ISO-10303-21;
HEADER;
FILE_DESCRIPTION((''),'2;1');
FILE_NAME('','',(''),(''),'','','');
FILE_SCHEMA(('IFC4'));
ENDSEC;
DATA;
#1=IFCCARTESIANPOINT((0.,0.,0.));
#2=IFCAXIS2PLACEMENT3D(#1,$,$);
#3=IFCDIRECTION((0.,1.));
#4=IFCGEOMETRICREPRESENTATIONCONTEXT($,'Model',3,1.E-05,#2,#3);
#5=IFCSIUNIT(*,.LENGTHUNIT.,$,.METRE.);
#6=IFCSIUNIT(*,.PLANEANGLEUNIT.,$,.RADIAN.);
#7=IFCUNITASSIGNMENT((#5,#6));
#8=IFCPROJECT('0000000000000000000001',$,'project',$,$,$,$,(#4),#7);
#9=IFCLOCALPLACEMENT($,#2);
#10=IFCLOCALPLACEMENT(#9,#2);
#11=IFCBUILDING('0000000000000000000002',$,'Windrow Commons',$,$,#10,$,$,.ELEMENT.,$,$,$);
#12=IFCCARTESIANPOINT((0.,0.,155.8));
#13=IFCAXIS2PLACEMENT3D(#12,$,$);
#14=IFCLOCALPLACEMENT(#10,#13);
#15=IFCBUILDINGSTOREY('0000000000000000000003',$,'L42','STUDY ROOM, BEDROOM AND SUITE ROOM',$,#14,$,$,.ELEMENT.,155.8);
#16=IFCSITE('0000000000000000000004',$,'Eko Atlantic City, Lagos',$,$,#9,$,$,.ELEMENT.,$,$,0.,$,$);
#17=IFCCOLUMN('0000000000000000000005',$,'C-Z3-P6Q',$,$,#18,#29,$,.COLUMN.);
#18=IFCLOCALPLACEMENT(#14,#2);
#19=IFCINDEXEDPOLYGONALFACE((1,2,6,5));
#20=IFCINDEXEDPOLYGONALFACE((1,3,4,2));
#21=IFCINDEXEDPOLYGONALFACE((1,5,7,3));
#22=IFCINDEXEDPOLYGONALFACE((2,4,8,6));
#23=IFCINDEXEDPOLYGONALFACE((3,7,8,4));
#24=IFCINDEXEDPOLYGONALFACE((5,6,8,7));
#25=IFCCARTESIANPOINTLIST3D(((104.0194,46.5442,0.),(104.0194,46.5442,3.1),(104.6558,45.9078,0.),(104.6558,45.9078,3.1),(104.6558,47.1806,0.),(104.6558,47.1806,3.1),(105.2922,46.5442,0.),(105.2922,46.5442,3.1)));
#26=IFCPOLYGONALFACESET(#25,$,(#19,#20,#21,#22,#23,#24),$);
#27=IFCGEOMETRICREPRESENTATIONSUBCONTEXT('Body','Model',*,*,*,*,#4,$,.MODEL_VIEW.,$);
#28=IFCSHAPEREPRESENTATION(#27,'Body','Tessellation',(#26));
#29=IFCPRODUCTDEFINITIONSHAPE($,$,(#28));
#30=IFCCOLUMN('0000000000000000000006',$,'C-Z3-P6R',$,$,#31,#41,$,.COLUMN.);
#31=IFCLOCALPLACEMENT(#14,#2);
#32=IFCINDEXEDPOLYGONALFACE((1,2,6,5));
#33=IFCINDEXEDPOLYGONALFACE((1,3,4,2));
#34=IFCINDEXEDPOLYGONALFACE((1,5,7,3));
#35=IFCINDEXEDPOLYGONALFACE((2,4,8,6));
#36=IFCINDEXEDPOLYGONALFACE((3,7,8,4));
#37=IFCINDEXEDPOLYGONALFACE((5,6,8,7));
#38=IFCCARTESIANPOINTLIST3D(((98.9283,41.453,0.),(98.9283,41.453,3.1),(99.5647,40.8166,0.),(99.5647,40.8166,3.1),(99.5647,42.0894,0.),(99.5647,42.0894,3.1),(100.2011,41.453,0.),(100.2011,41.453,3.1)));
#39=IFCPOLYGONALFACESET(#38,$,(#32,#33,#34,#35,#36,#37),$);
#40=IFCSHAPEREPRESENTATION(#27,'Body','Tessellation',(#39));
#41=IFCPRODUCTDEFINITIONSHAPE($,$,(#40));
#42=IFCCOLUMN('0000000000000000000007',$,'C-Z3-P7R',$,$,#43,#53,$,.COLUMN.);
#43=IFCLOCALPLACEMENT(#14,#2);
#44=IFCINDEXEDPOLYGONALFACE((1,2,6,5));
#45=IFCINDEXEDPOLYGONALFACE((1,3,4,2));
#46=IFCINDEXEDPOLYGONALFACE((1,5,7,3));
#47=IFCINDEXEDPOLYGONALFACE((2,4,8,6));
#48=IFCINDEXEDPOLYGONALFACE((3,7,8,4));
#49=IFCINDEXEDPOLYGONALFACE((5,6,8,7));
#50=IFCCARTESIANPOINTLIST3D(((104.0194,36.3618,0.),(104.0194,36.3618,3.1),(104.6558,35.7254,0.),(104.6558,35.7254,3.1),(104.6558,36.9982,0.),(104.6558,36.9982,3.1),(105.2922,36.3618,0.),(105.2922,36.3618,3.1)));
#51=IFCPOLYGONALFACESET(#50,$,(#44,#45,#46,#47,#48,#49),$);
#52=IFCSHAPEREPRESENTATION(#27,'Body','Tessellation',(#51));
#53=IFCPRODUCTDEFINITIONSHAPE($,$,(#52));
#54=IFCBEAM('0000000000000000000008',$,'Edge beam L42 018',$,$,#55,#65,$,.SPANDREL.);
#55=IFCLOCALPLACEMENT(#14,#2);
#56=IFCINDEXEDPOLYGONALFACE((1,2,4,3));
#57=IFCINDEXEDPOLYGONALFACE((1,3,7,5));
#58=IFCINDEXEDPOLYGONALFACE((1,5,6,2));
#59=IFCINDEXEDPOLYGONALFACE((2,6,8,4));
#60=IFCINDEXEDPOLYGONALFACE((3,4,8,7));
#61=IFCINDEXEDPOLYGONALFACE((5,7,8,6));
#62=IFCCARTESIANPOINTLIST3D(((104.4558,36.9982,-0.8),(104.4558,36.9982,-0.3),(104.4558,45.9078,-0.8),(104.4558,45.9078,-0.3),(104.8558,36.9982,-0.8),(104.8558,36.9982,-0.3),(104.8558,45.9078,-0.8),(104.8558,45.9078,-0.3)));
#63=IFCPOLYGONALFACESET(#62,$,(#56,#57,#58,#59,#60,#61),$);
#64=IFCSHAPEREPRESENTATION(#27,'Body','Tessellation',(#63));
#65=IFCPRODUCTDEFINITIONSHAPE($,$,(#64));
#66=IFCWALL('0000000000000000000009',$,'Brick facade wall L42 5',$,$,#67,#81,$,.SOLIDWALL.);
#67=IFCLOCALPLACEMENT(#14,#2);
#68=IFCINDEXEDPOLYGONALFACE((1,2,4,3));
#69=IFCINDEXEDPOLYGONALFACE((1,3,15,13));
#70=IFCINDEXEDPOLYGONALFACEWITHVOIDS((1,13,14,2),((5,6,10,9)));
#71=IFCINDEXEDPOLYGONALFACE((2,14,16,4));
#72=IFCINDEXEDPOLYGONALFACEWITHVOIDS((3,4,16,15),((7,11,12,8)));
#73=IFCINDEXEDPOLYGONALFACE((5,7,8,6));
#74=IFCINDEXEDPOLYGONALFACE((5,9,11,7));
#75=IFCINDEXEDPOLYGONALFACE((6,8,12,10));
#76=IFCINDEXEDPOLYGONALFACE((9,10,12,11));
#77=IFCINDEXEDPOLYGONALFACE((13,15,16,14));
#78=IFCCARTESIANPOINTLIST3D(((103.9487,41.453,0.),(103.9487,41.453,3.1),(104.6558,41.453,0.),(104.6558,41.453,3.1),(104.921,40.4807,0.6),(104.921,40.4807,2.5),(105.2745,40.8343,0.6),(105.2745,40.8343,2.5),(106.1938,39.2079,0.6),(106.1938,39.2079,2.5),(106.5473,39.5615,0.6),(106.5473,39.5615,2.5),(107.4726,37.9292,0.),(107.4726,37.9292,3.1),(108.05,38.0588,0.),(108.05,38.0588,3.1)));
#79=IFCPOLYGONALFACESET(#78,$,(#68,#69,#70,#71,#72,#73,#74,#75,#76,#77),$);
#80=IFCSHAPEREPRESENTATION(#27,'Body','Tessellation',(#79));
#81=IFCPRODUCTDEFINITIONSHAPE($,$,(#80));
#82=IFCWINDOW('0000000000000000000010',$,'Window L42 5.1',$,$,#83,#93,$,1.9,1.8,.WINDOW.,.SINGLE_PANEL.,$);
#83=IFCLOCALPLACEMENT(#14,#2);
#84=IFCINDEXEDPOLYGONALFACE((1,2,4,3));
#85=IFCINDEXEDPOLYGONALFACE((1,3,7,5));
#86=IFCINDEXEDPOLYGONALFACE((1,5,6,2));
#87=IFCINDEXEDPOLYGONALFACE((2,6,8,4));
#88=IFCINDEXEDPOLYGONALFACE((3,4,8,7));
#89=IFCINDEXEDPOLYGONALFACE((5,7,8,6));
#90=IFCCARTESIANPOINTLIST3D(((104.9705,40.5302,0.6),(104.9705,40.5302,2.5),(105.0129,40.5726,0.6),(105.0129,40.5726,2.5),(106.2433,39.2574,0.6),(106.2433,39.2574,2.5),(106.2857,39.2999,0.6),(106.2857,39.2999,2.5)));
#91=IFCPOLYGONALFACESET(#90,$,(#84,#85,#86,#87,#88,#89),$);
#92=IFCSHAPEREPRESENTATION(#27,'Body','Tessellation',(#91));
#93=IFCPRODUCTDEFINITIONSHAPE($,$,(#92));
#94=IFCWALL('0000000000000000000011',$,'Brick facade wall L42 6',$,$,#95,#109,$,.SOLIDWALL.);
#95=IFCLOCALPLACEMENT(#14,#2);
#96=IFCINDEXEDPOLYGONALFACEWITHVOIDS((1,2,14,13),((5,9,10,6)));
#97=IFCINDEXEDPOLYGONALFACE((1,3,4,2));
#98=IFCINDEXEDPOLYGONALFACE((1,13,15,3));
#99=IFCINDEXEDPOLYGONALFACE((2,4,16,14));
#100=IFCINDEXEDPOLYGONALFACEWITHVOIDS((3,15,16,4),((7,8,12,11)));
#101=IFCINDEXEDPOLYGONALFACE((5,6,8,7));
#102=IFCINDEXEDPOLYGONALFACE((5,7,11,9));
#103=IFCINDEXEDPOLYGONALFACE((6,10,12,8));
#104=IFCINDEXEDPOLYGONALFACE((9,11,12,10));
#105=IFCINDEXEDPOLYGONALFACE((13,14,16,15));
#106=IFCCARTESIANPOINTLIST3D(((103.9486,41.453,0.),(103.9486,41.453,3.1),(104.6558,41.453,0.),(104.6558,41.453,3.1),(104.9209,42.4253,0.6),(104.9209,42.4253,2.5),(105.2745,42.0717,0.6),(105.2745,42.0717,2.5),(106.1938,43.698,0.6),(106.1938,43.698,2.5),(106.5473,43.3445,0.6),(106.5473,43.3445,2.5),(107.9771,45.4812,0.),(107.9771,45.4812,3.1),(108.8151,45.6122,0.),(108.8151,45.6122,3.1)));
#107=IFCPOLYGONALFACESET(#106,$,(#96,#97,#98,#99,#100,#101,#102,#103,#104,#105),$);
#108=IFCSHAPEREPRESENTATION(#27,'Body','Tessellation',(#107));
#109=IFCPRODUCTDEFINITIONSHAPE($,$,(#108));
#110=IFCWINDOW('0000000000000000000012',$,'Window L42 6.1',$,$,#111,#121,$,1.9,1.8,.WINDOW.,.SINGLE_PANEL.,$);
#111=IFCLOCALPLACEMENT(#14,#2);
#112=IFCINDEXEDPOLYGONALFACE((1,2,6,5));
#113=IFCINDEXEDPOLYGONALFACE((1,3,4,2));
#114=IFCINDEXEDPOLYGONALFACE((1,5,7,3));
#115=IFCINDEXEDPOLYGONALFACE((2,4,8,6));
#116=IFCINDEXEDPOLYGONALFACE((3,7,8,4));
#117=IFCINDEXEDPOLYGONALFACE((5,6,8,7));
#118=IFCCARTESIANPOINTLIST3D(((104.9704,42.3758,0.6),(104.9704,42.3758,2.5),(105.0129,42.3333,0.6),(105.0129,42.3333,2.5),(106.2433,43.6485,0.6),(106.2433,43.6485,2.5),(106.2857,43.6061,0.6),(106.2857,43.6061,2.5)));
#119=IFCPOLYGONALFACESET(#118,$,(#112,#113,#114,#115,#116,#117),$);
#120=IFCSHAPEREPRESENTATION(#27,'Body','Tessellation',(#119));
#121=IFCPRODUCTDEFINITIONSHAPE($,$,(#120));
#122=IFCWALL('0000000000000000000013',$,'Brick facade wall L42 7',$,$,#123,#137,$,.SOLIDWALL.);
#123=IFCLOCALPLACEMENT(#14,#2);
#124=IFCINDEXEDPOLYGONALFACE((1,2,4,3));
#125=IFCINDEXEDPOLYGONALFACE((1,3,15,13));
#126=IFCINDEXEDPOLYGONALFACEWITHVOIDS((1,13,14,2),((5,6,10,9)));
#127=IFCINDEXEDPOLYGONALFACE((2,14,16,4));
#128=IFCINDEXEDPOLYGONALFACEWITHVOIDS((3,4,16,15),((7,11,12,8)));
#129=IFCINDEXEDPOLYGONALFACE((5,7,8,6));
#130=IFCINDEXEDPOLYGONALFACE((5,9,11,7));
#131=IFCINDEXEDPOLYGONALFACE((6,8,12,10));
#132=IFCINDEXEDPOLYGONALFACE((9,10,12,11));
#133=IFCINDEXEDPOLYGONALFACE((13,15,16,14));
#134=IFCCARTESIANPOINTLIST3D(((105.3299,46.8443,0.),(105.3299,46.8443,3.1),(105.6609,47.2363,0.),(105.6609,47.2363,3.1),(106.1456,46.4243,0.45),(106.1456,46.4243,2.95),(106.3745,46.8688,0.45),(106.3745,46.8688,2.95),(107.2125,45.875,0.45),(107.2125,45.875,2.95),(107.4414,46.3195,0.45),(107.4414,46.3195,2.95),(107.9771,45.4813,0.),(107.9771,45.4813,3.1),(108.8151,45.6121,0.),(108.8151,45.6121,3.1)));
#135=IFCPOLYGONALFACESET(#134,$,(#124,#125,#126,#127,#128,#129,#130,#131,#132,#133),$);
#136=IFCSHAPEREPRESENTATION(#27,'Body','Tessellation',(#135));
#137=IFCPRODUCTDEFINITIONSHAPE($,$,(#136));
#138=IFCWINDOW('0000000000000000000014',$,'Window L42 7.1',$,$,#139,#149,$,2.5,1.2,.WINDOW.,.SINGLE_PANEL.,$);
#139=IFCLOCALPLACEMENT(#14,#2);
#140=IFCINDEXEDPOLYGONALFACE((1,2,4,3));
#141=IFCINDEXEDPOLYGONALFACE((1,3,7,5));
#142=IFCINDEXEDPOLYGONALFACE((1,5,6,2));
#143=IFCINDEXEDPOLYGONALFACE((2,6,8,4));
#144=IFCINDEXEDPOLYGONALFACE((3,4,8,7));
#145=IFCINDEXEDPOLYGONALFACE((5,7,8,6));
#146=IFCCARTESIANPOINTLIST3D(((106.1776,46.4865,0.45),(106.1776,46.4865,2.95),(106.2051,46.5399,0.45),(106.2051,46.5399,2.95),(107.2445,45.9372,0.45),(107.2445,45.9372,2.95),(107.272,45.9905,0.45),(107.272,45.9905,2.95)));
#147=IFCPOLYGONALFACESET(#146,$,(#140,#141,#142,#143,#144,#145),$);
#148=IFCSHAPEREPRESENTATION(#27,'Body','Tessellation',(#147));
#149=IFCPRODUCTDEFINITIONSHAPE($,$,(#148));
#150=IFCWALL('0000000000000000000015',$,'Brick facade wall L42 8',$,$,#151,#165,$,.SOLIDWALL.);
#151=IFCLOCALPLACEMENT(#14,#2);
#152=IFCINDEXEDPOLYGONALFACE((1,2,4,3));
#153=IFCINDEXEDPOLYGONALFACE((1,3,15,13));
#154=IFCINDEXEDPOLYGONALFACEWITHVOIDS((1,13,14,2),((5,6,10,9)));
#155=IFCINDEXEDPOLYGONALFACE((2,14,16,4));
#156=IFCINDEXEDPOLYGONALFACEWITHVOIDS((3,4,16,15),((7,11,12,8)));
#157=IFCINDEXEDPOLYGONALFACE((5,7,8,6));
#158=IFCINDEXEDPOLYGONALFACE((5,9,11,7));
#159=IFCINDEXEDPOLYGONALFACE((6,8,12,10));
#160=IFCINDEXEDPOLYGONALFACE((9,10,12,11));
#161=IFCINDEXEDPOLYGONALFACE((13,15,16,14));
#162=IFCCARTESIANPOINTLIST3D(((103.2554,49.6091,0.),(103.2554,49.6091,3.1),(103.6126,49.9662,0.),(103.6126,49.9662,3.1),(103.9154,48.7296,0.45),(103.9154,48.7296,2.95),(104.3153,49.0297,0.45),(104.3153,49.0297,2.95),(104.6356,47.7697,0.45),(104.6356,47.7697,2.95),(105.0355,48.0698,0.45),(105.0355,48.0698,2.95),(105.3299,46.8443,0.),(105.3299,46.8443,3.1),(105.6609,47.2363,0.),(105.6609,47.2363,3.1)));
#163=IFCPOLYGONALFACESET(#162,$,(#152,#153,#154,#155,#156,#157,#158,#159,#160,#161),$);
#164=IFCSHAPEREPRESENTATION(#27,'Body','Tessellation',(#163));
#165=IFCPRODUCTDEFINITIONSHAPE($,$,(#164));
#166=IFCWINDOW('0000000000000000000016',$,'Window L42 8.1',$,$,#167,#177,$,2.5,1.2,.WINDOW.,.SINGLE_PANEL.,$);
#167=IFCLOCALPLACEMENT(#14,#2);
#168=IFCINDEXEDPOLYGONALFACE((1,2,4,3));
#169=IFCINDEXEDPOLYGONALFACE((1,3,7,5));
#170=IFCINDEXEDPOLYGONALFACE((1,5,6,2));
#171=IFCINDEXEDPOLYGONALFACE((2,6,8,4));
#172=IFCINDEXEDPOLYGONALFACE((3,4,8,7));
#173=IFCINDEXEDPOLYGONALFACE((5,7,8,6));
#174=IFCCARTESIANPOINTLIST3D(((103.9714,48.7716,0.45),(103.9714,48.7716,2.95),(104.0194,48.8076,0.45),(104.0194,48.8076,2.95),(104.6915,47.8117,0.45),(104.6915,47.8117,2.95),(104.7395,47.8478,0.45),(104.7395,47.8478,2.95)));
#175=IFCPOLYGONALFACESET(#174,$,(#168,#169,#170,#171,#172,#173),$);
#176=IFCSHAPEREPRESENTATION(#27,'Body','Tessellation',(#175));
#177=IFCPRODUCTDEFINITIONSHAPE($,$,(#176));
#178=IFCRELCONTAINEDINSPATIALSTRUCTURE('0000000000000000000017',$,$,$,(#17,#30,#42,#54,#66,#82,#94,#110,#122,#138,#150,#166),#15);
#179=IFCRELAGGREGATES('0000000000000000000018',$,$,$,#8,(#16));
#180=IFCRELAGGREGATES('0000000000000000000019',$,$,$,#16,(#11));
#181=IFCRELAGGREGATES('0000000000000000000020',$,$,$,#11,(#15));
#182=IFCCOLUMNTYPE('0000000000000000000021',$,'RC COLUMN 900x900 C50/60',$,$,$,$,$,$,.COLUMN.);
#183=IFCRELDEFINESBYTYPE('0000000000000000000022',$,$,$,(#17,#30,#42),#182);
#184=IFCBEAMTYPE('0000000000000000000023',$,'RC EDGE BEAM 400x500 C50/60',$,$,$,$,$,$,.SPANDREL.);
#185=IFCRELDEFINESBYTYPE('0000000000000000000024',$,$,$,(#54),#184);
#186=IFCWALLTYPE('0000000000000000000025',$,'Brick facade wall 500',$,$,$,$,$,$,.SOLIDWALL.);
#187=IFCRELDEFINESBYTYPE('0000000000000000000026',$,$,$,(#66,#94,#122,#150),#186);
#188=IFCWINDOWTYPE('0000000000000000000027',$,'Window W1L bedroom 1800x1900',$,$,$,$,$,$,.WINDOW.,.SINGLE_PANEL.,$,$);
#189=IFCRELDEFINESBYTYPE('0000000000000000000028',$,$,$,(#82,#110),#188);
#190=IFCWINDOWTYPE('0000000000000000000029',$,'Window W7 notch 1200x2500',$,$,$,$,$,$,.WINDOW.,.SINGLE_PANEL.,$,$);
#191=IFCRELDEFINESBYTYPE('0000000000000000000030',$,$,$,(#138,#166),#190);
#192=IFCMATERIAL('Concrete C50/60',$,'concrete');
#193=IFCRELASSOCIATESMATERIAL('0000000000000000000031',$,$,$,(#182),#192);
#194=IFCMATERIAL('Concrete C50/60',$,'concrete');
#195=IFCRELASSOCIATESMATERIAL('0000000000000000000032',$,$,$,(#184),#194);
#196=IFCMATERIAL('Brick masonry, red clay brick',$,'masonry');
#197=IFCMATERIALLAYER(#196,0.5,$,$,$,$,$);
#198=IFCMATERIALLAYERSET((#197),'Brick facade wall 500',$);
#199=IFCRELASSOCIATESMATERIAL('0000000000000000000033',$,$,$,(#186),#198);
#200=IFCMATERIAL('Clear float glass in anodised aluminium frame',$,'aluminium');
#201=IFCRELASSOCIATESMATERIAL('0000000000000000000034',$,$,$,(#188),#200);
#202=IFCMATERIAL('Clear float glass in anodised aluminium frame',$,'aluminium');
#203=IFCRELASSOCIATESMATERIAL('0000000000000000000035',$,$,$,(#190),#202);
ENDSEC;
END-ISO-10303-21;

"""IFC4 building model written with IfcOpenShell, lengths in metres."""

from ifc_helpers import new_model, si_unit, direction, frame, frame_2d, origin, origin_2d, place, context, subcontext, project, spatial, polyline, rectangle, outline, extrude, material, layer, layer_set, material_profile, profile_set, type_object, element, fill, save


model = new_model("IFC4")

# Units and contexts
model_context = context("Model", 3, precision=1e-05, world=origin(), true_north=direction((0.0, 1.0)))
body_context = subcontext(model_context, "Body", "Model", "MODEL_VIEW")
ifc_project = project(units=[si_unit("LENGTHUNIT", "METRE"), si_unit("PLANEANGLEUNIT", "RADIAN")], contexts=[model_context])

# Site, building, storey
site_placement = place(None, origin())
site = spatial("IfcSite", under=ifc_project, at=site_placement, Name="Eko Atlantic City, Lagos", CompositionType="ELEMENT", RefElevation=0.0)
building_placement = place(site_placement, origin())
building = spatial("IfcBuilding", under=site, at=building_placement, Name="Windrow Commons", CompositionType="ELEMENT")
storey_placement = place(building_placement, frame((0.0, 0.0, 155.8)))
storey = spatial("IfcBuildingStorey", under=building, at=storey_placement, Name="L42", Description="STUDY ROOM, BEDROOM AND SUITE ROOM", CompositionType="ELEMENT", Elevation=155.8)

# Columns
ifc_material_1 = material(Name="Concrete C50/60", Category="concrete")
ifc_material_profile_1 = material_profile(ifc_material_1, rectangle(XDim=0.9, YDim=0.9, at=origin_2d()))
ifc_profile_set_1 = profile_set([ifc_material_profile_1], Name="Concrete C50/60")
column_type = type_object("IfcColumnType", Name="RC COLUMN 900x900 C50/60", PredefinedType="COLUMN", material=ifc_profile_set_1)
for number, where, z_axis, x_axis, name in (
    (1, (104.6558, 46.5442, 0.0), (0.0, 0.0, 1.0), (0.707107, -0.707107, 0.0), "C-Z3-P6Q"),
    (2, (99.5647, 41.453, 0.0), (0.0, 0.0, 1.0), (0.707107, -0.707107, 0.0), "C-Z3-P6R"),
    (3, (104.6558, 36.3618, 0.0), (0.0, 0.0, 1.0), (0.707107, -0.707107, 0.0), "C-Z3-P7R"),
):
    element("IfcColumn", number, at=place(storey_placement, frame(where, z_axis=z_axis, x_axis=x_axis)), inside=storey, type_object=column_type, Name=name, PredefinedType="COLUMN", context=body_context, shape_type="SweptSolid", body=[
        extrude(rectangle(XDim=0.9, YDim=0.9, at=origin_2d()), origin(), (0.0, 0.0, 1.0), 3.1),
    ])

# Beam
ifc_material_2 = material(Name="Concrete C50/60", Category="concrete")
ifc_material_profile_2 = material_profile(ifc_material_2, rectangle(XDim=0.4, YDim=0.5, at=origin_2d()))
ifc_profile_set_2 = profile_set([ifc_material_profile_2], Name="Concrete C50/60")
beam_type = type_object("IfcBeamType", Name="RC EDGE BEAM 400x500 C50/60", PredefinedType="SPANDREL", material=ifc_profile_set_2)
beam_placement = place(storey_placement, frame((104.6558, 45.9078, -0.55), z_axis=(0.0, -1.0, 0.0), x_axis=(1.0, 0.0, 0.0)))
element("IfcBeam", 4, at=beam_placement, inside=storey, type_object=beam_type, Name="Edge beam L42 018", PredefinedType="SPANDREL", context=body_context, shape_type="SweptSolid", body=[
    extrude(rectangle(XDim=0.4, YDim=0.5, at=origin_2d()), origin(), (0.0, 0.0, 1.0), 8.9096),
])

# Walls, openings, windows
ifc_material_3 = material(Name="Brick masonry, red clay brick", Category="masonry")
ifc_layer_1 = layer(ifc_material_3, 0.5)
ifc_layer_set_1 = layer_set([ifc_layer_1], Name="Brick facade wall 500")
wall_type_1 = type_object("IfcWallType", Name="Brick facade wall 500", PredefinedType="SOLIDWALL", material=ifc_layer_set_1)
wall_1_placement = place(storey_placement, frame((107.7613, 37.994, 0.0), z_axis=(0.0, 0.0, 1.0), x_axis=(-0.707117, 0.707097, 0.0)))
wall_1 = element("IfcWall", 5, at=wall_1_placement, inside=storey, type_object=wall_type_1, Name="Brick facade wall L42 5", PredefinedType="SOLIDWALL", context=body_context, shape_type="SweptSolid", body=[
    extrude(outline(polyline([(-0.1583, -0.25), (4.6418, -0.25), (5.1418, 0.25), (0.1583, 0.25), (-0.1583, -0.25)])), origin(), (0.0, 0.0, 1.0), 3.1),
])
opening_1_placement = place(wall_1_placement, frame((1.9668, 0.0, 0.6)))
opening_1 = element("IfcOpeningElement", 6, at=opening_1_placement, cuts=wall_1, PredefinedType="OPENING", context=body_context, shape_type="SweptSolid", body=[
    extrude(rectangle(XDim=1.8, YDim=1.9, at=frame_2d((0.9, 0.95))), frame((0.0, 0.26, 0.0), z_axis=(0.0, -1.0, 0.0), x_axis=(1.0, 0.0, 0.0)), (0.0, 0.0, 1.0), 0.52),
])
ifc_material_4 = material(Name="Clear float glass in anodised aluminium frame", Category="aluminium")
window_type_1 = type_object("IfcWindowType", Name="Window W1L bedroom 1800x1900", PartitioningType="SINGLE_PANEL", PredefinedType="WINDOW", material=ifc_material_4)
window_1_placement = place(opening_1_placement, origin())
window_1 = element("IfcWindow", 7, at=window_1_placement, inside=storey, type_object=window_type_1, Name="Window L42 5.1", OverallHeight=1.9, OverallWidth=1.8, PartitioningType="SINGLE_PANEL", PredefinedType="WINDOW", context=body_context, shape_type="SweptSolid", body=[
    extrude(rectangle(XDim=1.8, YDim=1.9, at=frame_2d((0.9, 0.95))), frame((0.0, 0.18, 0.0), z_axis=(0.0, -1.0, 0.0), x_axis=(1.0, 0.0, 0.0)), (0.0, 0.0, 1.0), 0.06),
])
fill(opening_1, window_1)
wall_2_placement = place(storey_placement, frame((104.3022, 41.453, 0.0), z_axis=(0.0, 0.0, 1.0), x_axis=(0.707124, 0.70709, 0.0)))
wall_2 = element("IfcWall", 8, at=wall_2_placement, inside=storey, type_object=wall_type_1, Name="Brick facade wall L42 6", PredefinedType="SOLIDWALL", context=body_context, shape_type="SweptSolid", body=[
    extrude(outline(polyline([(0.25, -0.25), (6.1321, -0.25), (5.4469, 0.25), (-0.25, 0.25), (0.25, -0.25)])), origin(), (0.0, 0.0, 1.0), 3.1),
])
opening_2_placement = place(wall_2_placement, frame((1.125, 0.0, 0.6)))
opening_2 = element("IfcOpeningElement", 9, at=opening_2_placement, cuts=wall_2, PredefinedType="OPENING", context=body_context, shape_type="SweptSolid", body=[
    extrude(rectangle(XDim=1.8, YDim=1.9, at=frame_2d((0.9, 0.95))), frame((0.0, 0.26, 0.0), z_axis=(0.0, -1.0, 0.0), x_axis=(1.0, 0.0, 0.0)), (0.0, 0.0, 1.0), 0.52),
])
window_2_placement = place(opening_2_placement, origin())
window_2 = element("IfcWindow", 10, at=window_2_placement, inside=storey, type_object=window_type_1, Name="Window L42 6.1", OverallHeight=1.9, OverallWidth=1.8, PartitioningType="SINGLE_PANEL", PredefinedType="WINDOW", context=body_context, shape_type="SweptSolid", body=[
    extrude(rectangle(XDim=1.8, YDim=1.9, at=frame_2d((0.9, 0.95))), frame((0.0, 0.18, 0.0), z_axis=(0.0, -1.0, 0.0), x_axis=(1.0, 0.0, 0.0)), (0.0, 0.0, 1.0), 0.06),
])
fill(opening_2, window_2)
wall_3_placement = place(storey_placement, frame((108.3961, 45.5467, 0.0), z_axis=(0.0, 0.0, 1.0), x_axis=(-0.889062, 0.457787, 0.0)))
wall_3 = element("IfcWall", 11, at=wall_3_placement, inside=storey, type_object=wall_type_1, Name="Brick facade wall L42 7", PredefinedType="SOLIDWALL", context=body_context, shape_type="SweptSolid", body=[
    extrude(outline(polyline([(-0.3426, -0.25), (3.2052, -0.25), (3.3201, 0.25), (0.3426, 0.25), (-0.3426, -0.25)])), origin(), (0.0, 0.0, 1.0), 3.1),
])
opening_3_placement = place(wall_3_placement, frame((1.2026, 0.0, 0.45)))
opening_3 = element("IfcOpeningElement", 12, at=opening_3_placement, cuts=wall_3, PredefinedType="OPENING", context=body_context, shape_type="SweptSolid", body=[
    extrude(rectangle(XDim=1.2, YDim=2.5, at=frame_2d((0.6, 1.25))), frame((0.0, 0.26, 0.0), z_axis=(0.0, -1.0, 0.0), x_axis=(1.0, 0.0, 0.0)), (0.0, 0.0, 1.0), 0.52),
])
ifc_material_5 = material(Name="Clear float glass in anodised aluminium frame", Category="aluminium")
window_type_2 = type_object("IfcWindowType", Name="Window W7 notch 1200x2500", PartitioningType="SINGLE_PANEL", PredefinedType="WINDOW", material=ifc_material_5)
window_3_placement = place(opening_3_placement, origin())
window_3 = element("IfcWindow", 13, at=window_3_placement, inside=storey, type_object=window_type_2, Name="Window L42 7.1", OverallHeight=2.5, OverallWidth=1.2, PartitioningType="SINGLE_PANEL", PredefinedType="WINDOW", context=body_context, shape_type="SweptSolid", body=[
    extrude(rectangle(XDim=1.2, YDim=2.5, at=frame_2d((0.6, 1.25))), frame((0.0, 0.18, 0.0), z_axis=(0.0, -1.0, 0.0), x_axis=(1.0, 0.0, 0.0)), (0.0, 0.0, 1.0), 0.06),
])
fill(opening_3, window_3)
wall_4_placement = place(storey_placement, frame((105.4954, 47.0403, 0.0), z_axis=(0.0, 0.0, 1.0), x_axis=(-0.600158, 0.799881, 0.0)))
wall_4 = element("IfcWall", 14, at=wall_4_placement, inside=storey, type_object=wall_type_1, Name="Brick facade wall L42 8", PredefinedType="SOLIDWALL", context=body_context, shape_type="SweptSolid", body=[
    extrude(outline(polyline([(0.0574, -0.25), (3.4704, -0.25), (3.3991, 0.25), (-0.0574, 0.25), (0.0574, -0.25)])), origin(), (0.0, 0.0, 1.0), 3.1),
])
opening_4_placement = place(wall_4_placement, frame((1.0995, 0.0, 0.45)))
opening_4 = element("IfcOpeningElement", 15, at=opening_4_placement, cuts=wall_4, PredefinedType="OPENING", context=body_context, shape_type="SweptSolid", body=[
    extrude(rectangle(XDim=1.2, YDim=2.5, at=frame_2d((0.6, 1.25))), frame((0.0, 0.26, 0.0), z_axis=(0.0, -1.0, 0.0), x_axis=(1.0, 0.0, 0.0)), (0.0, 0.0, 1.0), 0.52),
])
window_4_placement = place(opening_4_placement, origin())
window_4 = element("IfcWindow", 16, at=window_4_placement, inside=storey, type_object=window_type_2, Name="Window L42 8.1", OverallHeight=2.5, OverallWidth=1.2, PartitioningType="SINGLE_PANEL", PredefinedType="WINDOW", context=body_context, shape_type="SweptSolid", body=[
    extrude(rectangle(XDim=1.2, YDim=2.5, at=frame_2d((0.6, 1.25))), frame((0.0, 0.18, 0.0), z_axis=(0.0, -1.0, 0.0), x_axis=(1.0, 0.0, 0.0)), (0.0, 0.0, 1.0), 0.06),
])
fill(opening_4, window_4)

save(model, "model.ifc")
